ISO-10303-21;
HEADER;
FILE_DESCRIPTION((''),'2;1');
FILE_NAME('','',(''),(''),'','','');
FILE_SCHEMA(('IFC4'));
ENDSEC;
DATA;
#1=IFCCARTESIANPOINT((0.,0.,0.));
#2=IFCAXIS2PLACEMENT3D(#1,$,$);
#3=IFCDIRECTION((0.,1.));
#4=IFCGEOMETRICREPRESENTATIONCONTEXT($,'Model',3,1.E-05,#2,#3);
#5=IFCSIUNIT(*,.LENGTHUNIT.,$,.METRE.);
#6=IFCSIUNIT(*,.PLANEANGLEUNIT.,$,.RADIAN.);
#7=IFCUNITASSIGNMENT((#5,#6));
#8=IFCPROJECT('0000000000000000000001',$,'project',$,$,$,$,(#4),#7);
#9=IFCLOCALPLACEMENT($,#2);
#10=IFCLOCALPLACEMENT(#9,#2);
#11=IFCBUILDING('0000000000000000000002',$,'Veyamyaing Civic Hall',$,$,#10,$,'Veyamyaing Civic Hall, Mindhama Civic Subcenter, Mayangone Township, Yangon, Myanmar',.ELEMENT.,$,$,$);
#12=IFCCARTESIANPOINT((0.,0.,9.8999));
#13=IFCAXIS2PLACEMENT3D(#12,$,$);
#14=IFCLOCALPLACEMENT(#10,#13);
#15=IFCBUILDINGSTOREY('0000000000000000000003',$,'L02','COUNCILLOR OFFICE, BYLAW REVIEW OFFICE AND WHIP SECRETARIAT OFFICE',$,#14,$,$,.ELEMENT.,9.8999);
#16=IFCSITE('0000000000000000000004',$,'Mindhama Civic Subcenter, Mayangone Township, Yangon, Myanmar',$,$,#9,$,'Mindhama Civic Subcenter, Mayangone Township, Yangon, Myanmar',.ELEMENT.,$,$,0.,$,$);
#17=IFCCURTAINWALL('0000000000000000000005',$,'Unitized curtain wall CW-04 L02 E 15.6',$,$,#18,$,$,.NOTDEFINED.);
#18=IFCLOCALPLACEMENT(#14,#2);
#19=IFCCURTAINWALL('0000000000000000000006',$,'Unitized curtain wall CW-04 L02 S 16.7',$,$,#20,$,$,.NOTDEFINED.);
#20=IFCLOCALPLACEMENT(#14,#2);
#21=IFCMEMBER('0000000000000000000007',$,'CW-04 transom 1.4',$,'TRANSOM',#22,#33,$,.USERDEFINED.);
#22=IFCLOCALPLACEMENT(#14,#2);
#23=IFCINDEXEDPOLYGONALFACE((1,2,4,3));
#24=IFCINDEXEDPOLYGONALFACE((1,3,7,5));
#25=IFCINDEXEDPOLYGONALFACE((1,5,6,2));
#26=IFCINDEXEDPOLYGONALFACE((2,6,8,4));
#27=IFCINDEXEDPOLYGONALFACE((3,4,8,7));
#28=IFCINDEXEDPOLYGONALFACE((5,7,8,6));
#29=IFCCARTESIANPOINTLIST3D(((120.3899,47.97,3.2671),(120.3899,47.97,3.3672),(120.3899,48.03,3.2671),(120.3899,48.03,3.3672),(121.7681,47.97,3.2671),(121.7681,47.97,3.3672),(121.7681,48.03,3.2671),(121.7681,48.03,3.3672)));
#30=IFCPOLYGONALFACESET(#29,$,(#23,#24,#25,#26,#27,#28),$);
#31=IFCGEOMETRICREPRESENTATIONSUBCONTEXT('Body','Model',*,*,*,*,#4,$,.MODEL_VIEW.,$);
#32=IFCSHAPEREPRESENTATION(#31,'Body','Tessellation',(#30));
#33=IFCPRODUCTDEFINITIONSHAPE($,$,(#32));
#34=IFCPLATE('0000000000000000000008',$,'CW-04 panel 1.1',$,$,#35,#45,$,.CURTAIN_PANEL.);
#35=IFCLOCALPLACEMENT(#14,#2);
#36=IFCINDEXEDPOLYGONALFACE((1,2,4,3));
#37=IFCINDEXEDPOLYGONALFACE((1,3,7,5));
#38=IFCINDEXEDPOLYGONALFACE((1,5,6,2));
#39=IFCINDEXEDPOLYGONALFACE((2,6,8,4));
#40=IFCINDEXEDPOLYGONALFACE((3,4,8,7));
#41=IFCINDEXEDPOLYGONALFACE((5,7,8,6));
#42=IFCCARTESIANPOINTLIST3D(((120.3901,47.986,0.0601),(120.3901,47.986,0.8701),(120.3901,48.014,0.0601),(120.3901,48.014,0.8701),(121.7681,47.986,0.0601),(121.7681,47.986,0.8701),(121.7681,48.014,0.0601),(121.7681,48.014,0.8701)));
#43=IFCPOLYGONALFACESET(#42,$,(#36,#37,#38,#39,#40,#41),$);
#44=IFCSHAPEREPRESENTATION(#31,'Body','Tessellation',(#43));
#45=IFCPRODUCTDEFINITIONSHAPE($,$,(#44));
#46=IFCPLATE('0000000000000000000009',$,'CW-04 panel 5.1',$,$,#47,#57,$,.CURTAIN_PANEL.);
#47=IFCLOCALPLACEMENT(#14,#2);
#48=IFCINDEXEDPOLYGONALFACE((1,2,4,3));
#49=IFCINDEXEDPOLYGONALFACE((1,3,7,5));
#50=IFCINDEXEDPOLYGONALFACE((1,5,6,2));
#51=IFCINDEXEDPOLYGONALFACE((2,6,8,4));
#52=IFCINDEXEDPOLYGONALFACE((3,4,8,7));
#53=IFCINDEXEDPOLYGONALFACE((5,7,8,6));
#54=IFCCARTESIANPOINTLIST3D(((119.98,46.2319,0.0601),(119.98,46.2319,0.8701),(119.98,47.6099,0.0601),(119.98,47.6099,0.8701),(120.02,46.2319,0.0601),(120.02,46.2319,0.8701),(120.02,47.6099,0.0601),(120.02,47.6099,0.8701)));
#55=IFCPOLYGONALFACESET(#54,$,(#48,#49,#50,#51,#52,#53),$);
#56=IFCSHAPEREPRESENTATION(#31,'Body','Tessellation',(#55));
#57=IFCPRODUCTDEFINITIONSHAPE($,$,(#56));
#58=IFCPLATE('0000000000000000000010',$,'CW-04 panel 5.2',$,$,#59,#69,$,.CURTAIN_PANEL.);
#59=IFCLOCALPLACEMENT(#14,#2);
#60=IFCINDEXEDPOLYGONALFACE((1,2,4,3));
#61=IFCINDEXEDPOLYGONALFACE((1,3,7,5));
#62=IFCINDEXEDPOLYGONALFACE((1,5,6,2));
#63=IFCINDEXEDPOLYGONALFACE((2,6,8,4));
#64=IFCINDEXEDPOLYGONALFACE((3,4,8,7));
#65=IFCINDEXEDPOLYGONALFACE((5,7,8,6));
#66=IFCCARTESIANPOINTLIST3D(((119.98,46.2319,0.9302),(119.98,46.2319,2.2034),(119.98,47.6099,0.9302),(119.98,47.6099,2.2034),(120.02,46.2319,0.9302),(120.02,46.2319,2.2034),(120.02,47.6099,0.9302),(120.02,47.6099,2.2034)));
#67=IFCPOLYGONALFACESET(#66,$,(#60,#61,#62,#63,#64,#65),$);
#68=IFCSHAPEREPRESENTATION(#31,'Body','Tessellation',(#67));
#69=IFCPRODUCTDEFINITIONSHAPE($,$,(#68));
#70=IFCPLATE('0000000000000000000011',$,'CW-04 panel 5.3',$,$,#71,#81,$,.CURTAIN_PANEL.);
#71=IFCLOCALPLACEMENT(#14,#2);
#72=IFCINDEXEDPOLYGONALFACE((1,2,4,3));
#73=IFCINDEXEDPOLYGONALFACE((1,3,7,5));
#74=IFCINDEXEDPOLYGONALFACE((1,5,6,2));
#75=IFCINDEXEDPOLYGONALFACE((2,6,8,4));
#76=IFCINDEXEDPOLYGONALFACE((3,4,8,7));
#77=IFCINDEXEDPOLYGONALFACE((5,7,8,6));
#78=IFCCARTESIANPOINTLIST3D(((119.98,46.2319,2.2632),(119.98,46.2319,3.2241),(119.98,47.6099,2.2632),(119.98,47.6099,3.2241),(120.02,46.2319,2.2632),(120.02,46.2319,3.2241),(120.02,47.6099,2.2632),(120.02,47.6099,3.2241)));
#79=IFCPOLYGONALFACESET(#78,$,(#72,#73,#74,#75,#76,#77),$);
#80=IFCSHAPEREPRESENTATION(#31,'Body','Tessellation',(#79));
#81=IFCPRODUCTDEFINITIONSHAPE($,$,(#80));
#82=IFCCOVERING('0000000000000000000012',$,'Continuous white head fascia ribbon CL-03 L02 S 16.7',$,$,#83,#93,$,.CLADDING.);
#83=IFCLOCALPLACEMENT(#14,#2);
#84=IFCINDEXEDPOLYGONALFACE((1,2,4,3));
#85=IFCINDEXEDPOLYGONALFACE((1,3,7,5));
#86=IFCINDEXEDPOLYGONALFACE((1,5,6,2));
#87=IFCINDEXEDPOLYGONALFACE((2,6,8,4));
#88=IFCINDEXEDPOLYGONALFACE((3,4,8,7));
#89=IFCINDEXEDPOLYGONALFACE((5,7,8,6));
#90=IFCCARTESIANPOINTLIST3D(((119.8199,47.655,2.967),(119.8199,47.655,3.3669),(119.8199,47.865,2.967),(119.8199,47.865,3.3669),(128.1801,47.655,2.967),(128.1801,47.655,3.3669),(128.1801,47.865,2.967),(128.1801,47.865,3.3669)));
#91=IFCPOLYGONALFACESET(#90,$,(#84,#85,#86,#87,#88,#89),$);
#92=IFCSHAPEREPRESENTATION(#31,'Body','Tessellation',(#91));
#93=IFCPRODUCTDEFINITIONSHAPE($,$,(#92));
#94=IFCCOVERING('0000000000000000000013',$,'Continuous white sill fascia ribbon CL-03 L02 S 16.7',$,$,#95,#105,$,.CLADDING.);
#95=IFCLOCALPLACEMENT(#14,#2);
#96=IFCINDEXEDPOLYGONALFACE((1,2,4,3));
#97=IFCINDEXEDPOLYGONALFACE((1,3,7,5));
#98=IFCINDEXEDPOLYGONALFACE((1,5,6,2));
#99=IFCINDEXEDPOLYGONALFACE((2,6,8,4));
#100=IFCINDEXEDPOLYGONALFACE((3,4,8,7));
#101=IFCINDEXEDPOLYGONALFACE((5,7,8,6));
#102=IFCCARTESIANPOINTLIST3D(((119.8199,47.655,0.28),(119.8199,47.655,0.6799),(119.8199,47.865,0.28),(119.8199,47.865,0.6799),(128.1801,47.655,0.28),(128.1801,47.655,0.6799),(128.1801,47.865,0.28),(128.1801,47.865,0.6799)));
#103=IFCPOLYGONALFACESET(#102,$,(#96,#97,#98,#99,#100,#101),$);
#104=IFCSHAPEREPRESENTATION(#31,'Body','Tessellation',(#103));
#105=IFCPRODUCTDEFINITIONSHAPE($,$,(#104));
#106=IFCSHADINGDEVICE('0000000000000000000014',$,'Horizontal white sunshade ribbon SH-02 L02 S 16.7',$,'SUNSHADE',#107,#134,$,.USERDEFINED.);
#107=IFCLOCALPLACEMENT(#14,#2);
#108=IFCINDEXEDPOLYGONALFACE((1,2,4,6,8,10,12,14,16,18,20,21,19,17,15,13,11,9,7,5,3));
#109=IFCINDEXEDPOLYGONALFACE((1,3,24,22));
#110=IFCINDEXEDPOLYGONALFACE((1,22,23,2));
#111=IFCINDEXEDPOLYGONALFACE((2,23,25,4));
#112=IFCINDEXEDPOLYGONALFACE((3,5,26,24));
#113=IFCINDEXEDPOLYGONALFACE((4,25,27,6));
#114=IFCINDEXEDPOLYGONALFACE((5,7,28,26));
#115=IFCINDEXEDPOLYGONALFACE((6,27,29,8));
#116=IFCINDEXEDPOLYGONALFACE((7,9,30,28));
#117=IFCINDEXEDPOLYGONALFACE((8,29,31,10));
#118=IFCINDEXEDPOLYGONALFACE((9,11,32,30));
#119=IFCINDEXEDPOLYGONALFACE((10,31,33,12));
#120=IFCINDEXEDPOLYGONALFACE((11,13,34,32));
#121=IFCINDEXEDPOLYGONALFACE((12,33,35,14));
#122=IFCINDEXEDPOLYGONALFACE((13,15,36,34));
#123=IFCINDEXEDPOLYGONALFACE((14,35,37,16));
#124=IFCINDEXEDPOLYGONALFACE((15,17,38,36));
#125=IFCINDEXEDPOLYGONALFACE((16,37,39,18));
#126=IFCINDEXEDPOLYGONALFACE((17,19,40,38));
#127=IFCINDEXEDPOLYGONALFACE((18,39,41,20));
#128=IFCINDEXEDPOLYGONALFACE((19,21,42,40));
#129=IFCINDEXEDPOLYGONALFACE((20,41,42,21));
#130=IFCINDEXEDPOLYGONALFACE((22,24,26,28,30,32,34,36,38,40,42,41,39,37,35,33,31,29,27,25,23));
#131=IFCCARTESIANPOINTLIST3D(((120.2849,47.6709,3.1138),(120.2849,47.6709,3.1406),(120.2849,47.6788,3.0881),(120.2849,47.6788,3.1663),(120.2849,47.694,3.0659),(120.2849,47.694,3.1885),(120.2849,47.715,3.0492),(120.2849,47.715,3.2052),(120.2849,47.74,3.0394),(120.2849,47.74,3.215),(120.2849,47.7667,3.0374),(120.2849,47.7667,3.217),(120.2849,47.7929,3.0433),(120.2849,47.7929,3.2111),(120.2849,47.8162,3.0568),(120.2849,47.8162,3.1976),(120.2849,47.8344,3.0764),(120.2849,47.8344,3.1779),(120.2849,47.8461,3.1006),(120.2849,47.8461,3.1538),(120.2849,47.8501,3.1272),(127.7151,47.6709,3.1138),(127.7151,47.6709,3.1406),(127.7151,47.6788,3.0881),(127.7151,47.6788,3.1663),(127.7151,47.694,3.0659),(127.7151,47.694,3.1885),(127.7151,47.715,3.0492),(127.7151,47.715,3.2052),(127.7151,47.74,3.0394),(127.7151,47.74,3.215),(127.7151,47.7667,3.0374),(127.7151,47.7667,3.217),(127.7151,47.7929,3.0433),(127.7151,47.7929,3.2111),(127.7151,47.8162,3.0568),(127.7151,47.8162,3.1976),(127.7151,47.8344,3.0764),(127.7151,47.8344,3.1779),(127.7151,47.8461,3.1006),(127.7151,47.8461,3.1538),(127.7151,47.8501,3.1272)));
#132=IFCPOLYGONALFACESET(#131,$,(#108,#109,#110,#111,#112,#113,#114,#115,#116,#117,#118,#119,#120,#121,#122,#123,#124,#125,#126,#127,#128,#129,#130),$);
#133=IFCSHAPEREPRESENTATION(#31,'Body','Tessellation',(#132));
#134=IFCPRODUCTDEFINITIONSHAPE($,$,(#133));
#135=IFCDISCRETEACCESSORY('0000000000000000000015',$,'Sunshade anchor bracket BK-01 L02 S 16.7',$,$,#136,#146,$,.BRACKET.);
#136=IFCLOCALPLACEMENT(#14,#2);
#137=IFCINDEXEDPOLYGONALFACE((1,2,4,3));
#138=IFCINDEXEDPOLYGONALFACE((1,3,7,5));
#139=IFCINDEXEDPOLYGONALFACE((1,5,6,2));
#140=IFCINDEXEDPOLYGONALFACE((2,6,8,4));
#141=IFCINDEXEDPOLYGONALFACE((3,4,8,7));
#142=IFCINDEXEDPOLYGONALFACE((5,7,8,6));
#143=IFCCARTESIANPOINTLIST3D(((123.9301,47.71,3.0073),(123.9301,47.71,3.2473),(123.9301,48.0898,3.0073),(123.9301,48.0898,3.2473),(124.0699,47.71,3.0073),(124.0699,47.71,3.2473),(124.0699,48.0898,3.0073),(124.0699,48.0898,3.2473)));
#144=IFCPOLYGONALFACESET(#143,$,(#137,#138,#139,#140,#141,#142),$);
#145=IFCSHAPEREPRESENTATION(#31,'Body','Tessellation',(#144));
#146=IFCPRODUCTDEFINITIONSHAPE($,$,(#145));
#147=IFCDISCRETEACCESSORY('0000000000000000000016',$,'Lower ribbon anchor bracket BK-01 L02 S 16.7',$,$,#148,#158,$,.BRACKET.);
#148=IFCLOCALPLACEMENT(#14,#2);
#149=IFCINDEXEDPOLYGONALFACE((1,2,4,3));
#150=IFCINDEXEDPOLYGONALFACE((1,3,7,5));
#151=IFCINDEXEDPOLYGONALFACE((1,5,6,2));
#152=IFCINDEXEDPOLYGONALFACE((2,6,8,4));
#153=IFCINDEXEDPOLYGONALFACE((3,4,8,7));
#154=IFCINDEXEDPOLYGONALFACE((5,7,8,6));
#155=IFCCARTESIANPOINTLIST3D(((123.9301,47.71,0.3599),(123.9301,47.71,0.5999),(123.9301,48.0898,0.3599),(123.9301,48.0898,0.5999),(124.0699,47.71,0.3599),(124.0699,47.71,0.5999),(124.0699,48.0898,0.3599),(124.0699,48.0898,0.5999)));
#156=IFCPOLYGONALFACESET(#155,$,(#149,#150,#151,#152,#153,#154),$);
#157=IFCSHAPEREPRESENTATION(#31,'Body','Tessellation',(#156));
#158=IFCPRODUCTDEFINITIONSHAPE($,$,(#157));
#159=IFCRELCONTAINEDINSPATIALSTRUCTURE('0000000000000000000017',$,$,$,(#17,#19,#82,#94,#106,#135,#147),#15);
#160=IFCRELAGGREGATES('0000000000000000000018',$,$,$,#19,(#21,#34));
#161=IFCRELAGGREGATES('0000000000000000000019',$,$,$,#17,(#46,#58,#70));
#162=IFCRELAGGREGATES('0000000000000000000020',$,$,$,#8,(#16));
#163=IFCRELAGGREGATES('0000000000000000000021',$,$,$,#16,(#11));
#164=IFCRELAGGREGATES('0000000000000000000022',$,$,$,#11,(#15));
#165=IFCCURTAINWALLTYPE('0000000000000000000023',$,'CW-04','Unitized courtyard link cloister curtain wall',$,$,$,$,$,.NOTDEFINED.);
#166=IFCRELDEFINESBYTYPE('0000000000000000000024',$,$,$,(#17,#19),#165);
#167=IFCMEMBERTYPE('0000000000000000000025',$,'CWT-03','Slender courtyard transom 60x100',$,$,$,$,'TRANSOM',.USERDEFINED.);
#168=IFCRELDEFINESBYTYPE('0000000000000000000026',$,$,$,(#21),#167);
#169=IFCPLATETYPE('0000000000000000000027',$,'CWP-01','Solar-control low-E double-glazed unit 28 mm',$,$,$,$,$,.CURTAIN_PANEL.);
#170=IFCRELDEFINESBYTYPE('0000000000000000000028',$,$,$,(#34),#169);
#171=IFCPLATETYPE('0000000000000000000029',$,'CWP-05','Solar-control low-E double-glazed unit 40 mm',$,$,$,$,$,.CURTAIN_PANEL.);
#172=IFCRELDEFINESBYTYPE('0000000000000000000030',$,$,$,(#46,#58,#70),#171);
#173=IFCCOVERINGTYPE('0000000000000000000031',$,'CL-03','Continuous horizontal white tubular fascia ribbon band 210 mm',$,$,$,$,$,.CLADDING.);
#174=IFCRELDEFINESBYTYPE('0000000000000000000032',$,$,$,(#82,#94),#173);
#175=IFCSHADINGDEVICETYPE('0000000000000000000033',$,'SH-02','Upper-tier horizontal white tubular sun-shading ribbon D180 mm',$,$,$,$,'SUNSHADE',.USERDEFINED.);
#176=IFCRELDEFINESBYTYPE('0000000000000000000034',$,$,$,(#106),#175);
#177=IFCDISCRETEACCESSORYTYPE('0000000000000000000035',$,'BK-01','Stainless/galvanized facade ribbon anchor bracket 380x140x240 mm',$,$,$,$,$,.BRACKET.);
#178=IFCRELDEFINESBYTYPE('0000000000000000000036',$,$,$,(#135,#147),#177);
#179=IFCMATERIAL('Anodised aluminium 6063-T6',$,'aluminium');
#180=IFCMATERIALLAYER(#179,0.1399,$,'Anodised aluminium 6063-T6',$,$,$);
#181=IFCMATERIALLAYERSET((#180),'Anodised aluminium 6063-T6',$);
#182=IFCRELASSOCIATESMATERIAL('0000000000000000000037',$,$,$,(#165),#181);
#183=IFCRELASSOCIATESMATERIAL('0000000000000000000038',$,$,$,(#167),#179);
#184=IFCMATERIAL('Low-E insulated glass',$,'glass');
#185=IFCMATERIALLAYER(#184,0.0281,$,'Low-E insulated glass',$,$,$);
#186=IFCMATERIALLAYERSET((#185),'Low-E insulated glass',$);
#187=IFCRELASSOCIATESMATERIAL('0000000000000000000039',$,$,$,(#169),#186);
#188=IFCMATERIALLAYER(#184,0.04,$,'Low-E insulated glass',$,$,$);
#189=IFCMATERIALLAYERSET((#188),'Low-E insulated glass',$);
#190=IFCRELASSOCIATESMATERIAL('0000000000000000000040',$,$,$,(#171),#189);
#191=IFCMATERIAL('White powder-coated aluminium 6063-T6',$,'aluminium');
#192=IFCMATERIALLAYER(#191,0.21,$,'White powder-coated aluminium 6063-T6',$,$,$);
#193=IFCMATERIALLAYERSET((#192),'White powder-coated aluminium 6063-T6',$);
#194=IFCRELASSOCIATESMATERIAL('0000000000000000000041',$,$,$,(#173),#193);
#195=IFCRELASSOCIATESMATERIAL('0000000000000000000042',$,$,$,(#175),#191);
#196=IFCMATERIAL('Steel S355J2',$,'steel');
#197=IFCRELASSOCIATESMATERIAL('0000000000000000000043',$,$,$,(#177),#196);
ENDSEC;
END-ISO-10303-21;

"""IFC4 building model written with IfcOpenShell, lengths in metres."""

from ifc_helpers import new_model, si_unit, direction, frame, origin, origin_2d, place, context, subcontext, project, spatial, rectangle, circle, extrude, material, layer, layer_set, material_profile, profile_set, type_object, element, aggregate, save


model = new_model("IFC4")

# Units and contexts
model_context = context("Model", 3, precision=1e-05, world=origin(), true_north=direction((0.0, 1.0)))
body_context = subcontext(model_context, "Body", "Model", "MODEL_VIEW")
ifc_project = project(units=[si_unit("LENGTHUNIT", "METRE"), si_unit("PLANEANGLEUNIT", "RADIAN")], contexts=[model_context])

# Site, building, storey
site_placement = place(None, origin())
site = spatial("IfcSite", under=ifc_project, at=site_placement, Name="Mindhama Civic Subcenter, Mayangone Township, Yangon, Myanmar", LongName="Mindhama Civic Subcenter, Mayangone Township, Yangon, Myanmar", CompositionType="ELEMENT", RefElevation=0.0)
building_placement = place(site_placement, origin())
building = spatial("IfcBuilding", under=site, at=building_placement, Name="Veyamyaing Civic Hall", LongName="Veyamyaing Civic Hall, Mindhama Civic Subcenter, Mayangone Township, Yangon, Myanmar", CompositionType="ELEMENT")
storey_placement = place(building_placement, frame((0.0, 0.0, 9.8999)))
storey = spatial("IfcBuildingStorey", under=building, at=storey_placement, Name="L02", Description="COUNCILLOR OFFICE, BYLAW REVIEW OFFICE AND WHIP SECRETARIAT OFFICE", CompositionType="ELEMENT", Elevation=9.8999)

# Curtain walls
ifc_material_1 = material(Name="Anodised aluminium 6063-T6", Category="aluminium")
ifc_layer_1 = layer(ifc_material_1, 0.1399, Name="Anodised aluminium 6063-T6")
ifc_layer_set_1 = layer_set([ifc_layer_1], Name="Anodised aluminium 6063-T6")
curtain_wall_type = type_object("IfcCurtainWallType", Name="CW-04", Description="Unitized courtyard link cloister curtain wall", PredefinedType="NOTDEFINED", material=ifc_layer_set_1)
curtain_wall_1_placement = place(storey_placement, origin())
curtain_wall_1 = element("IfcCurtainWall", 1, at=curtain_wall_1_placement, inside=storey, type_object=curtain_wall_type, Name="Unitized curtain wall CW-04 L02 E 15.6", PredefinedType="NOTDEFINED")
curtain_wall_2_placement = place(storey_placement, origin())
curtain_wall_2 = element("IfcCurtainWall", 2, at=curtain_wall_2_placement, inside=storey, type_object=curtain_wall_type, Name="Unitized curtain wall CW-04 L02 S 16.7", PredefinedType="NOTDEFINED")

# Member
ifc_material_profile_1 = material_profile(ifc_material_1, rectangle(XDim=0.0601, YDim=0.1001, at=origin_2d()), Name="ALU-TRN-60X100")
ifc_profile_set_1 = profile_set([ifc_material_profile_1], Name="Anodised aluminium 6063-T6")
member_type_1 = type_object("IfcMemberType", Name="CWT-03", Description="Slender courtyard transom 60x100", ElementType="TRANSOM", PredefinedType="USERDEFINED", material=ifc_profile_set_1)
member_1_placement = place(storey_placement, frame((120.3899, 48.0, 3.3171), z_axis=(1.0, 0.0, 0.0), x_axis=(0.0, 1.0, 0.0)))
member_1 = element("IfcMember", 3, at=member_1_placement, type_object=member_type_1, Name="CW-04 transom 1.4", ObjectType="TRANSOM", PredefinedType="USERDEFINED", context=body_context, shape_type="SweptSolid", body=[
    extrude(rectangle(XDim=0.0601, YDim=0.1001, at=origin_2d()), origin(), (0.0, 0.0, 1.0), 1.3782),
])

# Plates
ifc_material_2 = material(Name="Low-E insulated glass", Category="glass")
ifc_layer_2 = layer(ifc_material_2, 0.0281, Name="Low-E insulated glass")
ifc_layer_set_2 = layer_set([ifc_layer_2], Name="Low-E insulated glass")
plate_type_1 = type_object("IfcPlateType", Name="CWP-01", Description="Solar-control low-E double-glazed unit 28 mm", PredefinedType="CURTAIN_PANEL", material=ifc_layer_set_2)
plate_1_placement = place(storey_placement, frame((121.0791, 48.0, 0.0601), z_axis=(0.0, 0.0, 1.0), x_axis=(1.0, 0.0, 0.0)))
plate_1 = element("IfcPlate", 4, at=plate_1_placement, type_object=plate_type_1, Name="CW-04 panel 1.1", PredefinedType="CURTAIN_PANEL", context=body_context, shape_type="SweptSolid", body=[
    extrude(rectangle(XDim=1.3779, YDim=0.0281, at=origin_2d()), origin(), (0.0, 0.0, 1.0), 0.8101),
])
aggregate(curtain_wall_2, [member_1, plate_1])
ifc_layer_3 = layer(ifc_material_2, 0.04, Name="Low-E insulated glass")
ifc_layer_set_3 = layer_set([ifc_layer_3], Name="Low-E insulated glass")
plate_type_2 = type_object("IfcPlateType", Name="CWP-05", Description="Solar-control low-E double-glazed unit 40 mm", PredefinedType="CURTAIN_PANEL", material=ifc_layer_set_3)
plate_2_placement = place(storey_placement, frame((120.0, 46.9209, 0.0601), z_axis=(0.0, 0.0, 1.0), x_axis=(0.0, 1.0, 0.0)))
plate_2 = element("IfcPlate", 5, at=plate_2_placement, type_object=plate_type_2, Name="CW-04 panel 5.1", PredefinedType="CURTAIN_PANEL", context=body_context, shape_type="SweptSolid", body=[
    extrude(rectangle(XDim=1.3779, YDim=0.04, at=origin_2d()), origin(), (0.0, 0.0, 1.0), 0.8101),
])
plate_3_placement = place(storey_placement, frame((120.0, 46.9209, 0.9302), z_axis=(0.0, 0.0, 1.0), x_axis=(0.0, 1.0, 0.0)))
plate_3 = element("IfcPlate", 6, at=plate_3_placement, type_object=plate_type_2, Name="CW-04 panel 5.2", PredefinedType="CURTAIN_PANEL", context=body_context, shape_type="SweptSolid", body=[
    extrude(rectangle(XDim=1.3779, YDim=0.04, at=origin_2d()), origin(), (0.0, 0.0, 1.0), 1.2732),
])
plate_4_placement = place(storey_placement, frame((120.0, 46.9209, 2.2632), z_axis=(0.0, 0.0, 1.0), x_axis=(0.0, 1.0, 0.0)))
plate_4 = element("IfcPlate", 7, at=plate_4_placement, type_object=plate_type_2, Name="CW-04 panel 5.3", PredefinedType="CURTAIN_PANEL", context=body_context, shape_type="SweptSolid", body=[
    extrude(rectangle(XDim=1.3779, YDim=0.04, at=origin_2d()), origin(), (0.0, 0.0, 1.0), 0.9609),
])
aggregate(curtain_wall_1, [plate_2, plate_3, plate_4])

# Coverings
ifc_material_3 = material(Name="White powder-coated aluminium 6063-T6", Category="aluminium")
ifc_layer_4 = layer(ifc_material_3, 0.21, Name="White powder-coated aluminium 6063-T6")
ifc_layer_set_4 = layer_set([ifc_layer_4], Name="White powder-coated aluminium 6063-T6")
covering_type = type_object("IfcCoveringType", Name="CL-03", Description="Continuous horizontal white tubular fascia ribbon band 210 mm", PredefinedType="CLADDING", material=ifc_layer_set_4)
for number, where, z_axis, x_axis, name in (
    (8, (124.0, 47.76, 2.967), (0.0, 0.0, 1.0), (1.0, 0.0, 0.0), "Continuous white head fascia ribbon CL-03 L02 S 16.7"),
    (9, (124.0, 47.76, 0.28), (0.0, 0.0, 1.0), (1.0, 0.0, 0.0), "Continuous white sill fascia ribbon CL-03 L02 S 16.7"),
):
    element("IfcCovering", number, at=place(storey_placement, frame(where, z_axis=z_axis, x_axis=x_axis)), inside=storey, type_object=covering_type, Name=name, PredefinedType="CLADDING", context=body_context, shape_type="SweptSolid", body=[
        extrude(rectangle(XDim=8.3601, YDim=0.21, at=origin_2d()), origin(), (0.0, 0.0, 1.0), 0.3999),
    ])

# Shading device
ifc_material_profile_2 = material_profile(ifc_material_3, circle(Radius=0.0901, at=origin_2d()), Name="SHADE-TUBE-180")
ifc_profile_set_2 = profile_set([ifc_material_profile_2], Name="White powder-coated aluminium 6063-T6")
shading_device_type = type_object("IfcShadingDeviceType", Name="SH-02", Description="Upper-tier horizontal white tubular sun-shading ribbon D180 mm", ElementType="SUNSHADE", PredefinedType="USERDEFINED", material=ifc_profile_set_2)
shading_device_placement = place(storey_placement, frame((120.2849, 47.76, 3.1272), z_axis=(1.0, 0.0, 0.0), x_axis=(0.0, 1.0, 0.0)))
element("IfcShadingDevice", 10, at=shading_device_placement, inside=storey, type_object=shading_device_type, Name="Horizontal white sunshade ribbon SH-02 L02 S 16.7", ObjectType="SUNSHADE", PredefinedType="USERDEFINED", context=body_context, shape_type="SweptSolid", body=[
    extrude(circle(Radius=0.0901, at=origin_2d()), origin(), (0.0, 0.0, 1.0), 7.4302),
])

# Discrete accessories
ifc_material_4 = material(Name="Steel S355J2", Category="steel")
discrete_accessory_type = type_object("IfcDiscreteAccessoryType", Name="BK-01", Description="Stainless/galvanized facade ribbon anchor bracket 380x140x240 mm", PredefinedType="BRACKET", material=ifc_material_4)
for number, where, z_axis, x_axis, name in (
    (11, (124.0, 47.8999, 3.0073), (0.0, 0.0, 1.0), (0.0, -1.0, 0.0), "Sunshade anchor bracket BK-01 L02 S 16.7"),
    (12, (124.0, 47.8999, 0.3599), (0.0, 0.0, 1.0), (0.0, -1.0, 0.0), "Lower ribbon anchor bracket BK-01 L02 S 16.7"),
):
    element("IfcDiscreteAccessory", number, at=place(storey_placement, frame(where, z_axis=z_axis, x_axis=x_axis)), inside=storey, type_object=discrete_accessory_type, Name=name, PredefinedType="BRACKET", context=body_context, shape_type="SweptSolid", body=[
        extrude(rectangle(XDim=0.3799, YDim=0.1399, at=origin_2d()), origin(), (0.0, 0.0, 1.0), 0.24),
    ])

save(model, "model.ifc")
